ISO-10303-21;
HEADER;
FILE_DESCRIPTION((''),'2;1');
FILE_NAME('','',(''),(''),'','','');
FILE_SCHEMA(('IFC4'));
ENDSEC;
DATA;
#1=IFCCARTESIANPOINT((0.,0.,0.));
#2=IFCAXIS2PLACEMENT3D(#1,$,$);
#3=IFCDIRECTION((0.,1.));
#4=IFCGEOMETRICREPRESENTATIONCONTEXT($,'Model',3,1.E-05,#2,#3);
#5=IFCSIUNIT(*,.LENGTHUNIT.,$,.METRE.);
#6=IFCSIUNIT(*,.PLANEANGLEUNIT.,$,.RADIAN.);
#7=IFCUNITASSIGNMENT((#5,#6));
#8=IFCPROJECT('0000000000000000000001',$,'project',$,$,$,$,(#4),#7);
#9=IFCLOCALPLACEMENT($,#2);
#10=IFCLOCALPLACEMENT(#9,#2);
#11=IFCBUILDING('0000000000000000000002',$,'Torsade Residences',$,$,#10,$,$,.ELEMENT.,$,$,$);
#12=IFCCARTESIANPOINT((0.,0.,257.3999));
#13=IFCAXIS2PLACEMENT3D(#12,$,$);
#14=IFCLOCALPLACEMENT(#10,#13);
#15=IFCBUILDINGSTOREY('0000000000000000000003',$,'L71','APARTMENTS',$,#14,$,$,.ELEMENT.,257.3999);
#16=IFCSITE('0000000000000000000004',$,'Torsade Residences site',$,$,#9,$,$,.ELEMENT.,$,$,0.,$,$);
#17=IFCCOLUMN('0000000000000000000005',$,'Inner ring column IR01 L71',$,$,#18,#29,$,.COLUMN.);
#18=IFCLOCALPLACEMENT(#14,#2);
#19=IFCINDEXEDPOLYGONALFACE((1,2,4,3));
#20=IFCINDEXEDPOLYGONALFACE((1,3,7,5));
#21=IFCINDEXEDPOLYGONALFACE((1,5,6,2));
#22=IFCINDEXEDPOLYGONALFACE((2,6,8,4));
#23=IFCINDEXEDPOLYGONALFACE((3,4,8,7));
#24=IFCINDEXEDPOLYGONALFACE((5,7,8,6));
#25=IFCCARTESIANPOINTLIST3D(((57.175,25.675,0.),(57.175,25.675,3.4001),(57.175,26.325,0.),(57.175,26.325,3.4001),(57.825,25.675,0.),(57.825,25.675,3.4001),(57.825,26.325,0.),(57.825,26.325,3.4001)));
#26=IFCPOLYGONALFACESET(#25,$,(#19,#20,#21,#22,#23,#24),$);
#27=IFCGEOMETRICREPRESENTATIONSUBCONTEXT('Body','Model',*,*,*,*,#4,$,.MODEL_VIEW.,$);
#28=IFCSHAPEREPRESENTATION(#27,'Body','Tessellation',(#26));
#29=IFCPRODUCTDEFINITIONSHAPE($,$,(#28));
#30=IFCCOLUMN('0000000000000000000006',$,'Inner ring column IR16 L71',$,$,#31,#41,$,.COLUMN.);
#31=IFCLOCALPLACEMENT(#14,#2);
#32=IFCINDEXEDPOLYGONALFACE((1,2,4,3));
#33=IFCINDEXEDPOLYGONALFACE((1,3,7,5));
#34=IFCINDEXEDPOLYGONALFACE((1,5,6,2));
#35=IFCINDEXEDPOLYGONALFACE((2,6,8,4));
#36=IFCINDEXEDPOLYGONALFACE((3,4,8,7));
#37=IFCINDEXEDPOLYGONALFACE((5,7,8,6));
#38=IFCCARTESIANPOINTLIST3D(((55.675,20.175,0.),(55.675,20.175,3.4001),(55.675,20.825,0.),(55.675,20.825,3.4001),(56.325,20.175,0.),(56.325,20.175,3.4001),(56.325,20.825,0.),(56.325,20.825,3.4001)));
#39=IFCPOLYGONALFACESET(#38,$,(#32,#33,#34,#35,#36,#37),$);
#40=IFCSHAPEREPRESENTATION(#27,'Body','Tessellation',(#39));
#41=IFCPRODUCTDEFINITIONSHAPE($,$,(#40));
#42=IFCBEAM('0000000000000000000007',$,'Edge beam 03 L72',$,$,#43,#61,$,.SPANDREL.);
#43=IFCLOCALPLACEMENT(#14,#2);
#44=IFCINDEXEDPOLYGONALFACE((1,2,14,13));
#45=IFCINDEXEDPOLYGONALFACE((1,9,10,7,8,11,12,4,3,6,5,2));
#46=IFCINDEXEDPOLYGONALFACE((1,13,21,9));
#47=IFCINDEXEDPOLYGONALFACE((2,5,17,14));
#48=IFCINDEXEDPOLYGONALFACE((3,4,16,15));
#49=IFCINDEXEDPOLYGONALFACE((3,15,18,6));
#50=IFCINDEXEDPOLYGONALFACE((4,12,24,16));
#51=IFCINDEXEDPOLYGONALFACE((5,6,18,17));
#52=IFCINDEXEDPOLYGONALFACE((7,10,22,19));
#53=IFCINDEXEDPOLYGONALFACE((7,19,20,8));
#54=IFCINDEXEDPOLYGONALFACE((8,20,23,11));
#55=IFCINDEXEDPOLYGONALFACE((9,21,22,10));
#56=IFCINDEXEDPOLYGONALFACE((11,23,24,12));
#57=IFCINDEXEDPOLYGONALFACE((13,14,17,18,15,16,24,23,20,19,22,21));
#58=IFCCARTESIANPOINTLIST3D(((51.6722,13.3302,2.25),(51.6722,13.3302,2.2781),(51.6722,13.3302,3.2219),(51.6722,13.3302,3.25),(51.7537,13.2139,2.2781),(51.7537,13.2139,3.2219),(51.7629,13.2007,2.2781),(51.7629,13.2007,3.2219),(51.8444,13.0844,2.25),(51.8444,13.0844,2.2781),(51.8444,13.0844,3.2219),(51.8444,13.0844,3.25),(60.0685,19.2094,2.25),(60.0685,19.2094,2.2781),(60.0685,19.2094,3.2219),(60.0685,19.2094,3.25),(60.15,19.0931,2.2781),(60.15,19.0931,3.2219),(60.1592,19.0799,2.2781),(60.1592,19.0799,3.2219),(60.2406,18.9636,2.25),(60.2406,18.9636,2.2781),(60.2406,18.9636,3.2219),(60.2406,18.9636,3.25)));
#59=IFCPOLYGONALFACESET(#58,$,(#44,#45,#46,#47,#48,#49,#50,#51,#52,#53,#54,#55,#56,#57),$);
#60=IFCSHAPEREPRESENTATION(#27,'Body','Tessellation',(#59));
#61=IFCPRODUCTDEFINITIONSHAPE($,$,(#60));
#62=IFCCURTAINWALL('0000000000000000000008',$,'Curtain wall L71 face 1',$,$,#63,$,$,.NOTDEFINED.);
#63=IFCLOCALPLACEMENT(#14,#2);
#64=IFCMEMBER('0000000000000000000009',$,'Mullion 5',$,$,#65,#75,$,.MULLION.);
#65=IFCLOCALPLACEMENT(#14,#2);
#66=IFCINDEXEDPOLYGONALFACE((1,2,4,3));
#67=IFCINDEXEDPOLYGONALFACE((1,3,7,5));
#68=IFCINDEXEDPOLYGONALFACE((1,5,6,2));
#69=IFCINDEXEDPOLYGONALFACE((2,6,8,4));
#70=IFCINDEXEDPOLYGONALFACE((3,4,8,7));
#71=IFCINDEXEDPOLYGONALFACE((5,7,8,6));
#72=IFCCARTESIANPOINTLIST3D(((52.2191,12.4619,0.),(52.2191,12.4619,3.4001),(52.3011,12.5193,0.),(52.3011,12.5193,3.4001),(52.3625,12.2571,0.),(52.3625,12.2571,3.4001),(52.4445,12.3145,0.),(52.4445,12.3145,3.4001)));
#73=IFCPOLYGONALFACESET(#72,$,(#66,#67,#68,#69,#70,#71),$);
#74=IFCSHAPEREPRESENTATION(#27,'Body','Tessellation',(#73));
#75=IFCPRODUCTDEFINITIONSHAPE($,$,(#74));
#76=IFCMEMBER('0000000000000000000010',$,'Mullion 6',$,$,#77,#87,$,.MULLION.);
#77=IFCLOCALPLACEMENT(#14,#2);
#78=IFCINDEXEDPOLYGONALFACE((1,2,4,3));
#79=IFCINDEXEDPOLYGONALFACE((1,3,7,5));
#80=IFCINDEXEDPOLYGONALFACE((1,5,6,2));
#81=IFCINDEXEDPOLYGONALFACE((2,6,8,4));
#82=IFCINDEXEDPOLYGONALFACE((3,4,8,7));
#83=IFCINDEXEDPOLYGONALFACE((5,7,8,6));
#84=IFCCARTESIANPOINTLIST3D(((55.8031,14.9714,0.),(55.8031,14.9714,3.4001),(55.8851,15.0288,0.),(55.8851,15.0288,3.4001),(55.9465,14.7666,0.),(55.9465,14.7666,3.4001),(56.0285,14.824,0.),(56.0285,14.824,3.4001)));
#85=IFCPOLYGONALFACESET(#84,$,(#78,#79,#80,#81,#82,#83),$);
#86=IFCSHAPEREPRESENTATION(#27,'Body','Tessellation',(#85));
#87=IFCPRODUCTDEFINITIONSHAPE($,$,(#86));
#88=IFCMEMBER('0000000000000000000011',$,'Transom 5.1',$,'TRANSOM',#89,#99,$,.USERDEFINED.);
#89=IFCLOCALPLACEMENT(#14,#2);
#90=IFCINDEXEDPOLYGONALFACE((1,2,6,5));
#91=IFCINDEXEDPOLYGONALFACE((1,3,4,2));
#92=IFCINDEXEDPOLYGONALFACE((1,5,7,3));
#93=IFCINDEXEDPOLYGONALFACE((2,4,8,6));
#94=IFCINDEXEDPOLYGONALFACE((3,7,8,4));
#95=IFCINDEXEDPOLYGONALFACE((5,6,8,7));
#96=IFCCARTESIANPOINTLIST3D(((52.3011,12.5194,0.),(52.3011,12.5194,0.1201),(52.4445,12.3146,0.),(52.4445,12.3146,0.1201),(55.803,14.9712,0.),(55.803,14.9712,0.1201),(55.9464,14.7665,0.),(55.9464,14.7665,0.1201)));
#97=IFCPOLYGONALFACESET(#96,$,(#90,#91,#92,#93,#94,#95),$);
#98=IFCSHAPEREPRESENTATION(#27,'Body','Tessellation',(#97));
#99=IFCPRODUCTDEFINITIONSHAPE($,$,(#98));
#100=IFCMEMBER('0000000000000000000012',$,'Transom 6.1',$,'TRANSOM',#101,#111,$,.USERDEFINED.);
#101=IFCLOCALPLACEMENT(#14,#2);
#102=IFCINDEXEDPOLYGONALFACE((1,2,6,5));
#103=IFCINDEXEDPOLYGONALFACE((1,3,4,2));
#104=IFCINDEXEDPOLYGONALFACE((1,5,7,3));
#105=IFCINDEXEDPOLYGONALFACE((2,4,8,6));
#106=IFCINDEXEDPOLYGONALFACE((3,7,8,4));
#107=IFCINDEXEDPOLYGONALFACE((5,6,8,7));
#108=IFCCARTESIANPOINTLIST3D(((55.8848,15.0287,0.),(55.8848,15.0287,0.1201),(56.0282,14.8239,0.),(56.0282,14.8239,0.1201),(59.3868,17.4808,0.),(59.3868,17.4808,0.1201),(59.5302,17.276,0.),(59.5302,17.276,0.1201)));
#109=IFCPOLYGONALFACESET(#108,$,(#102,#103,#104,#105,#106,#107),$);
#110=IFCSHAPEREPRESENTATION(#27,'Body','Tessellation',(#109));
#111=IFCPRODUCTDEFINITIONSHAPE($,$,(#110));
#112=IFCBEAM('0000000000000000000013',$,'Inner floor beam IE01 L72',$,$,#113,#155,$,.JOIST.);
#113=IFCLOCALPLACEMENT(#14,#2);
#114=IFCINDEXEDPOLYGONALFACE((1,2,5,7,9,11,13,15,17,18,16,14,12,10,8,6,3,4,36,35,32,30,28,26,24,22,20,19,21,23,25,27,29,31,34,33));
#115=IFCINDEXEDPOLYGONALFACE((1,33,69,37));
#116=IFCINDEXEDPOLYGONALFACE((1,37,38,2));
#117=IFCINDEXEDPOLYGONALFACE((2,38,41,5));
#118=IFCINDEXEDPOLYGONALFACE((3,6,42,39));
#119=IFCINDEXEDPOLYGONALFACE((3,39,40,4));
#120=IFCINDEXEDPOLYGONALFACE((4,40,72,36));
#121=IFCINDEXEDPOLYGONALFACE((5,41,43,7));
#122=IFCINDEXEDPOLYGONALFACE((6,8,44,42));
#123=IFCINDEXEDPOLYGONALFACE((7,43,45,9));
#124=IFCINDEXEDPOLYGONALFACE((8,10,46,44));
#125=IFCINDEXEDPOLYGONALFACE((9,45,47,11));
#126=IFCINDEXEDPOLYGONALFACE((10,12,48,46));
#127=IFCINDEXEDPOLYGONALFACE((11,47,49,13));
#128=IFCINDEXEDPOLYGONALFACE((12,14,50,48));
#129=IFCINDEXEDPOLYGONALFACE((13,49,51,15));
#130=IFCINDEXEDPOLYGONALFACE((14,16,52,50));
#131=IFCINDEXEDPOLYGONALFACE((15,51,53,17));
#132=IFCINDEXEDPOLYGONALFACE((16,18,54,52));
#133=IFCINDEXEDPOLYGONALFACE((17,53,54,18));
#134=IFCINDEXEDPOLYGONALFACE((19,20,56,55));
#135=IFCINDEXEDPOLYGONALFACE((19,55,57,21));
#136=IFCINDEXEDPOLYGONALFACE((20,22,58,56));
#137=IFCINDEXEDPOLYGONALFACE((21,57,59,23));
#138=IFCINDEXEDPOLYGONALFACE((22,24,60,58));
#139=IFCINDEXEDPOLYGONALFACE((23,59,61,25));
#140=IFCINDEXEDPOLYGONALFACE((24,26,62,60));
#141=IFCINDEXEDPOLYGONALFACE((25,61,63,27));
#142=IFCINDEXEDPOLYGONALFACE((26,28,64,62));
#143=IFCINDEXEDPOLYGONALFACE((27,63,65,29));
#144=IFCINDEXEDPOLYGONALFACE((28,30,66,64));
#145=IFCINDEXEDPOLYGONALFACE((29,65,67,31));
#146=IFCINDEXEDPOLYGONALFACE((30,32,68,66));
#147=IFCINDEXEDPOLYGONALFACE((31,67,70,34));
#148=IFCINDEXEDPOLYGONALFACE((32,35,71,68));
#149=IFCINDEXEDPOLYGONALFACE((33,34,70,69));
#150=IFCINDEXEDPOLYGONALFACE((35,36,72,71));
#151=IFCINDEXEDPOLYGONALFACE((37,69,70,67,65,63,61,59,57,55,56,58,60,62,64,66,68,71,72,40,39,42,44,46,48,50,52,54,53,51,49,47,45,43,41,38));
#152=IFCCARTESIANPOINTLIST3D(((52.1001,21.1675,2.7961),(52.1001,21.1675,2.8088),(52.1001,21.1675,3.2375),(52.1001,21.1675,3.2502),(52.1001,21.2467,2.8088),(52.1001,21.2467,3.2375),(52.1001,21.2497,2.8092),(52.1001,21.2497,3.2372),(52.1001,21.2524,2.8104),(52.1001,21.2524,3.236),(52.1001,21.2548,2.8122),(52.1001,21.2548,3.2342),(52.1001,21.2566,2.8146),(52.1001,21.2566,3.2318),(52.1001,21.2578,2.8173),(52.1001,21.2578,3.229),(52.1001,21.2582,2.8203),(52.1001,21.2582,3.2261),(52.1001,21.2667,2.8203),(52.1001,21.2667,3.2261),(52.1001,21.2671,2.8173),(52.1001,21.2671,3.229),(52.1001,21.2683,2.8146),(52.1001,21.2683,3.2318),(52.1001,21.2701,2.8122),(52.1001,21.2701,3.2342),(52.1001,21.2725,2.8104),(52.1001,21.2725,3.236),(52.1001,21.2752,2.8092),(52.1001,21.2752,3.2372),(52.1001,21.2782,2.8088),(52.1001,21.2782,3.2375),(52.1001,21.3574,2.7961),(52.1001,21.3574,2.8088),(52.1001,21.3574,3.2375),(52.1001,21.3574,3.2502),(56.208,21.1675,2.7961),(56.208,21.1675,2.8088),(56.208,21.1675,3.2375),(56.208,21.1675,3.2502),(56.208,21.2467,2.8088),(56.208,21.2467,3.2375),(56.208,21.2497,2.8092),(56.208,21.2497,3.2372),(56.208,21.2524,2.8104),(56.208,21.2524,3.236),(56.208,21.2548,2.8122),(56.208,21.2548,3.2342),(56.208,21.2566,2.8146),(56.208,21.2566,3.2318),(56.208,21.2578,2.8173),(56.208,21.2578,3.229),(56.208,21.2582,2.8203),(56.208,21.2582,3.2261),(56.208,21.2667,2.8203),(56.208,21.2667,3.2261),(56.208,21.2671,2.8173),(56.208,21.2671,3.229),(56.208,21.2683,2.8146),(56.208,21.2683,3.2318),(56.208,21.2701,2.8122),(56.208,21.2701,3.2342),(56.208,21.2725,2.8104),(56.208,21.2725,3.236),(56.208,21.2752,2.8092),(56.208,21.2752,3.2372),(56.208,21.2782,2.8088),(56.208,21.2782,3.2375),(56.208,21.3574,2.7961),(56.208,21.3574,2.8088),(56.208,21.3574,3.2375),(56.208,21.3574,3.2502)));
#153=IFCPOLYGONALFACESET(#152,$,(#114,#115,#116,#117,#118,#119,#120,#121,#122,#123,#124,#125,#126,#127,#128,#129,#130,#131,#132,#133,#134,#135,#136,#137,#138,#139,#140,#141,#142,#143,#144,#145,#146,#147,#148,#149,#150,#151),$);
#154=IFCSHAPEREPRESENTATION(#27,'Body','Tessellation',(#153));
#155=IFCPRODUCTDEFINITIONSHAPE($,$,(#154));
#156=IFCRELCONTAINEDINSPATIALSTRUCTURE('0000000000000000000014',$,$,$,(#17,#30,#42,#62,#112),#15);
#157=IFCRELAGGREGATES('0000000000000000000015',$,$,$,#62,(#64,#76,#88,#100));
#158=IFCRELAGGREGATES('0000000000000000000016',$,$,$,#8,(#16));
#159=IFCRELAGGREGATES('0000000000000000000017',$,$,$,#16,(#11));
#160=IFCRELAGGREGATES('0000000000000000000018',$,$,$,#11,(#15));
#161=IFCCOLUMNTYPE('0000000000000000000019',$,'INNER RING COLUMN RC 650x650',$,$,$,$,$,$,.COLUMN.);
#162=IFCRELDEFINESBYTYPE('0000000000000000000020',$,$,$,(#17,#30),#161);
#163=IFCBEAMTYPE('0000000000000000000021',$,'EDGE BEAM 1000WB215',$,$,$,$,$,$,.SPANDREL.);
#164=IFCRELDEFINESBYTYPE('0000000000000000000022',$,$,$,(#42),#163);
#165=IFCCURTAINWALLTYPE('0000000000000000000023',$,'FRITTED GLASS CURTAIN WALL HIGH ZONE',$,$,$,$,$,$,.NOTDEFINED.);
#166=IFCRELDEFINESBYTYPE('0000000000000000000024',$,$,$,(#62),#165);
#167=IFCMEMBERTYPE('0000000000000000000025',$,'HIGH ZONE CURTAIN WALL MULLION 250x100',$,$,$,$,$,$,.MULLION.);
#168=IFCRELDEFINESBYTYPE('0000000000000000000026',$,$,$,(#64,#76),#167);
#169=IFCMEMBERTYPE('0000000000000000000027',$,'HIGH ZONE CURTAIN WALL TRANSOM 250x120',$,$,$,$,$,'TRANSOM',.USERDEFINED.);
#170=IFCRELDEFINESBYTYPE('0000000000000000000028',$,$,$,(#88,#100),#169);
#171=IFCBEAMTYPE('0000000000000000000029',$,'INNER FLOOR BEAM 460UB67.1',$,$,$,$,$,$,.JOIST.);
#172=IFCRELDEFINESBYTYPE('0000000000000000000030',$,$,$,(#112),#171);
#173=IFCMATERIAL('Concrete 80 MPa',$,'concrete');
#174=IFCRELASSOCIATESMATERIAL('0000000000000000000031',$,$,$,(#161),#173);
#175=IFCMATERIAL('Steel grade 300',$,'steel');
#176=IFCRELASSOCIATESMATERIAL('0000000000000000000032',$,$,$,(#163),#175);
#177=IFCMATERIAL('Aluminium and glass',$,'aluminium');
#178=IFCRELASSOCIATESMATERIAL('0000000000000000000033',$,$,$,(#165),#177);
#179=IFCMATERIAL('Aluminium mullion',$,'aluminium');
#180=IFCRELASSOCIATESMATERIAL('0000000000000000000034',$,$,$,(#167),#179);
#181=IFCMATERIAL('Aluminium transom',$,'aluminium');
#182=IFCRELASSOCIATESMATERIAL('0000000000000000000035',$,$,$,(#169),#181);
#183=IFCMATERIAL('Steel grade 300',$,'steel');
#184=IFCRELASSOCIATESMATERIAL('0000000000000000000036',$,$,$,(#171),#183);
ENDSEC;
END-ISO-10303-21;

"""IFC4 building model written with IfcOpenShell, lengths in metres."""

from ifc_helpers import new_model, si_unit, direction, frame, origin, origin_2d, place, context, subcontext, project, spatial, rectangle, i_section, extrude, material, material_profile, profile_set, type_object, element, aggregate, save


model = new_model("IFC4")

# Units and contexts
model_context = context("Model", 3, precision=1e-05, world=origin(), true_north=direction((0.0, 1.0)))
body_context = subcontext(model_context, "Body", "Model", "MODEL_VIEW")
ifc_project = project(units=[si_unit("LENGTHUNIT", "METRE"), si_unit("PLANEANGLEUNIT", "RADIAN")], contexts=[model_context])

# Site, building, storey
site_placement = place(None, origin())
site = spatial("IfcSite", under=ifc_project, at=site_placement, Name="Torsade Residences site", CompositionType="ELEMENT", RefElevation=0.0)
building_placement = place(site_placement, origin())
building = spatial("IfcBuilding", under=site, at=building_placement, Name="Torsade Residences", CompositionType="ELEMENT")
storey_placement = place(building_placement, frame((0.0, 0.0, 257.3999)))
storey = spatial("IfcBuildingStorey", under=building, at=storey_placement, Name="L71", Description="APARTMENTS", CompositionType="ELEMENT", Elevation=257.3999)

# Columns
ifc_material_1 = material(Name="Concrete 80 MPa", Category="concrete")
ifc_material_profile_1 = material_profile(ifc_material_1, rectangle(XDim=0.6499, YDim=0.6499, at=origin_2d()), Name="RC 650x650")
ifc_profile_set_1 = profile_set([ifc_material_profile_1], Name="Concrete 80 MPa")
column_type = type_object("IfcColumnType", Name="INNER RING COLUMN RC 650x650", PredefinedType="COLUMN", material=ifc_profile_set_1)
for number, where, z_axis, x_axis, name in (
    (1, (57.5, 26.0, 0.0), (0.0, 0.0, 1.0), (1.0, 0.0, 0.0), "Inner ring column IR01 L71"),
    (2, (56.0, 20.5, 0.0), (0.0, 0.0, 1.0), (1.0, 0.0, 0.0), "Inner ring column IR16 L71"),
):
    element("IfcColumn", number, at=place(storey_placement, frame(where, z_axis=z_axis, x_axis=x_axis)), inside=storey, type_object=column_type, Name=name, PredefinedType="COLUMN", context=body_context, shape_type="SweptSolid", body=[
        extrude(rectangle(XDim=0.6499, YDim=0.6499, at=origin_2d()), origin(), (0.0, 0.0, 1.0), 3.4001),
    ])

# Beam
ifc_material_2 = material(Name="Steel grade 300", Category="steel")
ifc_material_profile_2 = material_profile(ifc_material_2, i_section(OverallWidth=0.3, OverallDepth=1.0, WebThickness=0.0161, FlangeThickness=0.0281, at=origin_2d()), Name="1000WB215")
ifc_profile_set_2 = profile_set([ifc_material_profile_2], Name="Steel grade 300")
beam_type_1 = type_object("IfcBeamType", Name="EDGE BEAM 1000WB215", PredefinedType="SPANDREL", material=ifc_profile_set_2)
beam_1_placement = place(storey_placement, frame((51.7583, 13.2073, 2.75), z_axis=(0.81915, 0.573579, 0.0), x_axis=(-0.573579, 0.81915, 0.0)))
element("IfcBeam", 3, at=beam_1_placement, inside=storey, type_object=beam_type_1, Name="Edge beam 03 L72", PredefinedType="SPANDREL", context=body_context, shape_type="SweptSolid", body=[
    extrude(i_section(OverallWidth=0.3, OverallDepth=1.0, WebThickness=0.0161, FlangeThickness=0.0281, at=origin_2d()), origin(), (0.0, 0.0, 1.0), 10.25),
])

# Curtain wall, members
ifc_material_3 = material(Name="Aluminium and glass", Category="aluminium")
curtain_wall_type = type_object("IfcCurtainWallType", Name="FRITTED GLASS CURTAIN WALL HIGH ZONE", PredefinedType="NOTDEFINED", material=ifc_material_3)
curtain_wall_placement = place(storey_placement, origin())
curtain_wall = element("IfcCurtainWall", 4, at=curtain_wall_placement, inside=storey, type_object=curtain_wall_type, Name="Curtain wall L71 face 1", PredefinedType="NOTDEFINED")
ifc_material_4 = material(Name="Aluminium mullion", Category="aluminium")
ifc_material_profile_3 = material_profile(ifc_material_4, rectangle(XDim=0.25, YDim=0.1001, at=origin_2d()), Name="HIGH ZONE CURTAIN WALL MULLION 250x100")
ifc_profile_set_3 = profile_set([ifc_material_profile_3], Name="Aluminium mullion")
member_type_1 = type_object("IfcMemberType", Name="HIGH ZONE CURTAIN WALL MULLION 250x100", PredefinedType="MULLION", material=ifc_profile_set_3)
member_1_placement = place(storey_placement, frame((52.3318, 12.3882, 0.0), z_axis=(0.0, 0.0, 1.0), x_axis=(-0.573576, 0.819152, 0.0)))
member_1 = element("IfcMember", 5, at=member_1_placement, type_object=member_type_1, Name="Mullion 5", PredefinedType="MULLION", context=body_context, shape_type="SweptSolid", body=[
    extrude(rectangle(XDim=0.25, YDim=0.1001, at=origin_2d()), origin(), (0.0, 0.0, 1.0), 3.4001),
])
member_2_placement = place(storey_placement, frame((55.9158, 14.8977, 0.0), z_axis=(0.0, 0.0, 1.0), x_axis=(-0.573576, 0.819152, 0.0)))
member_2 = element("IfcMember", 6, at=member_2_placement, type_object=member_type_1, Name="Mullion 6", PredefinedType="MULLION", context=body_context, shape_type="SweptSolid", body=[
    extrude(rectangle(XDim=0.25, YDim=0.1001, at=origin_2d()), origin(), (0.0, 0.0, 1.0), 3.4001),
])
ifc_material_5 = material(Name="Aluminium transom", Category="aluminium")
ifc_material_profile_4 = material_profile(ifc_material_5, rectangle(XDim=0.25, YDim=0.1201, at=origin_2d()), Name="HIGH ZONE CURTAIN WALL TRANSOM 250x120")
ifc_profile_set_4 = profile_set([ifc_material_profile_4], Name="Aluminium transom")
member_type_2 = type_object("IfcMemberType", Name="HIGH ZONE CURTAIN WALL TRANSOM 250x120", ElementType="TRANSOM", PredefinedType="USERDEFINED", material=ifc_profile_set_4)
member_3_placement = place(storey_placement, frame((52.3728, 12.417, 0.0601), z_axis=(0.819173, 0.573547, 0.0), x_axis=(-0.573547, 0.819173, 0.0)))
member_3 = element("IfcMember", 7, at=member_3_placement, type_object=member_type_2, Name="Transom 5.1", ObjectType="TRANSOM", PredefinedType="USERDEFINED", context=body_context, shape_type="SweptSolid", body=[
    extrude(rectangle(XDim=0.25, YDim=0.1201, at=origin_2d()), origin(), (0.0, 0.0, 1.0), 4.2749),
])
member_4_placement = place(storey_placement, frame((55.9565, 14.9263, 0.0601), z_axis=(0.819146, 0.573585, 0.0), x_axis=(-0.573585, 0.819146, 0.0)))
member_4 = element("IfcMember", 8, at=member_4_placement, type_object=member_type_2, Name="Transom 6.1", ObjectType="TRANSOM", PredefinedType="USERDEFINED", context=body_context, shape_type="SweptSolid", body=[
    extrude(rectangle(XDim=0.25, YDim=0.1201, at=origin_2d()), origin(), (0.0, 0.0, 1.0), 4.2751),
])

# Beam
ifc_material_6 = material(Name="Steel grade 300", Category="steel")
ifc_material_profile_5 = material_profile(ifc_material_6, i_section(OverallWidth=0.1899, OverallDepth=0.4541, WebThickness=0.0085, FlangeThickness=0.0127, FilletRadius=0.0115, at=origin_2d()), Name="460UB67.1")
ifc_profile_set_5 = profile_set([ifc_material_profile_5], Name="Steel grade 300")
beam_type_2 = type_object("IfcBeamType", Name="INNER FLOOR BEAM 460UB67.1", PredefinedType="JOIST", material=ifc_profile_set_5)
beam_2_placement = place(storey_placement, frame((52.1001, 21.2625, 3.0232), z_axis=(1.0, 0.0, 0.0), x_axis=(0.0, 1.0, 0.0)))
element("IfcBeam", 9, at=beam_2_placement, inside=storey, type_object=beam_type_2, Name="Inner floor beam IE01 L72", PredefinedType="JOIST", context=body_context, shape_type="SweptSolid", body=[
    extrude(i_section(OverallWidth=0.1899, OverallDepth=0.4541, WebThickness=0.0085, FlangeThickness=0.0127, FilletRadius=0.0115, at=origin_2d()), origin(), (0.0, 0.0, 1.0), 4.1079),
])

aggregate(curtain_wall, [member_1, member_2, member_3, member_4])

save(model, "model.ifc")
